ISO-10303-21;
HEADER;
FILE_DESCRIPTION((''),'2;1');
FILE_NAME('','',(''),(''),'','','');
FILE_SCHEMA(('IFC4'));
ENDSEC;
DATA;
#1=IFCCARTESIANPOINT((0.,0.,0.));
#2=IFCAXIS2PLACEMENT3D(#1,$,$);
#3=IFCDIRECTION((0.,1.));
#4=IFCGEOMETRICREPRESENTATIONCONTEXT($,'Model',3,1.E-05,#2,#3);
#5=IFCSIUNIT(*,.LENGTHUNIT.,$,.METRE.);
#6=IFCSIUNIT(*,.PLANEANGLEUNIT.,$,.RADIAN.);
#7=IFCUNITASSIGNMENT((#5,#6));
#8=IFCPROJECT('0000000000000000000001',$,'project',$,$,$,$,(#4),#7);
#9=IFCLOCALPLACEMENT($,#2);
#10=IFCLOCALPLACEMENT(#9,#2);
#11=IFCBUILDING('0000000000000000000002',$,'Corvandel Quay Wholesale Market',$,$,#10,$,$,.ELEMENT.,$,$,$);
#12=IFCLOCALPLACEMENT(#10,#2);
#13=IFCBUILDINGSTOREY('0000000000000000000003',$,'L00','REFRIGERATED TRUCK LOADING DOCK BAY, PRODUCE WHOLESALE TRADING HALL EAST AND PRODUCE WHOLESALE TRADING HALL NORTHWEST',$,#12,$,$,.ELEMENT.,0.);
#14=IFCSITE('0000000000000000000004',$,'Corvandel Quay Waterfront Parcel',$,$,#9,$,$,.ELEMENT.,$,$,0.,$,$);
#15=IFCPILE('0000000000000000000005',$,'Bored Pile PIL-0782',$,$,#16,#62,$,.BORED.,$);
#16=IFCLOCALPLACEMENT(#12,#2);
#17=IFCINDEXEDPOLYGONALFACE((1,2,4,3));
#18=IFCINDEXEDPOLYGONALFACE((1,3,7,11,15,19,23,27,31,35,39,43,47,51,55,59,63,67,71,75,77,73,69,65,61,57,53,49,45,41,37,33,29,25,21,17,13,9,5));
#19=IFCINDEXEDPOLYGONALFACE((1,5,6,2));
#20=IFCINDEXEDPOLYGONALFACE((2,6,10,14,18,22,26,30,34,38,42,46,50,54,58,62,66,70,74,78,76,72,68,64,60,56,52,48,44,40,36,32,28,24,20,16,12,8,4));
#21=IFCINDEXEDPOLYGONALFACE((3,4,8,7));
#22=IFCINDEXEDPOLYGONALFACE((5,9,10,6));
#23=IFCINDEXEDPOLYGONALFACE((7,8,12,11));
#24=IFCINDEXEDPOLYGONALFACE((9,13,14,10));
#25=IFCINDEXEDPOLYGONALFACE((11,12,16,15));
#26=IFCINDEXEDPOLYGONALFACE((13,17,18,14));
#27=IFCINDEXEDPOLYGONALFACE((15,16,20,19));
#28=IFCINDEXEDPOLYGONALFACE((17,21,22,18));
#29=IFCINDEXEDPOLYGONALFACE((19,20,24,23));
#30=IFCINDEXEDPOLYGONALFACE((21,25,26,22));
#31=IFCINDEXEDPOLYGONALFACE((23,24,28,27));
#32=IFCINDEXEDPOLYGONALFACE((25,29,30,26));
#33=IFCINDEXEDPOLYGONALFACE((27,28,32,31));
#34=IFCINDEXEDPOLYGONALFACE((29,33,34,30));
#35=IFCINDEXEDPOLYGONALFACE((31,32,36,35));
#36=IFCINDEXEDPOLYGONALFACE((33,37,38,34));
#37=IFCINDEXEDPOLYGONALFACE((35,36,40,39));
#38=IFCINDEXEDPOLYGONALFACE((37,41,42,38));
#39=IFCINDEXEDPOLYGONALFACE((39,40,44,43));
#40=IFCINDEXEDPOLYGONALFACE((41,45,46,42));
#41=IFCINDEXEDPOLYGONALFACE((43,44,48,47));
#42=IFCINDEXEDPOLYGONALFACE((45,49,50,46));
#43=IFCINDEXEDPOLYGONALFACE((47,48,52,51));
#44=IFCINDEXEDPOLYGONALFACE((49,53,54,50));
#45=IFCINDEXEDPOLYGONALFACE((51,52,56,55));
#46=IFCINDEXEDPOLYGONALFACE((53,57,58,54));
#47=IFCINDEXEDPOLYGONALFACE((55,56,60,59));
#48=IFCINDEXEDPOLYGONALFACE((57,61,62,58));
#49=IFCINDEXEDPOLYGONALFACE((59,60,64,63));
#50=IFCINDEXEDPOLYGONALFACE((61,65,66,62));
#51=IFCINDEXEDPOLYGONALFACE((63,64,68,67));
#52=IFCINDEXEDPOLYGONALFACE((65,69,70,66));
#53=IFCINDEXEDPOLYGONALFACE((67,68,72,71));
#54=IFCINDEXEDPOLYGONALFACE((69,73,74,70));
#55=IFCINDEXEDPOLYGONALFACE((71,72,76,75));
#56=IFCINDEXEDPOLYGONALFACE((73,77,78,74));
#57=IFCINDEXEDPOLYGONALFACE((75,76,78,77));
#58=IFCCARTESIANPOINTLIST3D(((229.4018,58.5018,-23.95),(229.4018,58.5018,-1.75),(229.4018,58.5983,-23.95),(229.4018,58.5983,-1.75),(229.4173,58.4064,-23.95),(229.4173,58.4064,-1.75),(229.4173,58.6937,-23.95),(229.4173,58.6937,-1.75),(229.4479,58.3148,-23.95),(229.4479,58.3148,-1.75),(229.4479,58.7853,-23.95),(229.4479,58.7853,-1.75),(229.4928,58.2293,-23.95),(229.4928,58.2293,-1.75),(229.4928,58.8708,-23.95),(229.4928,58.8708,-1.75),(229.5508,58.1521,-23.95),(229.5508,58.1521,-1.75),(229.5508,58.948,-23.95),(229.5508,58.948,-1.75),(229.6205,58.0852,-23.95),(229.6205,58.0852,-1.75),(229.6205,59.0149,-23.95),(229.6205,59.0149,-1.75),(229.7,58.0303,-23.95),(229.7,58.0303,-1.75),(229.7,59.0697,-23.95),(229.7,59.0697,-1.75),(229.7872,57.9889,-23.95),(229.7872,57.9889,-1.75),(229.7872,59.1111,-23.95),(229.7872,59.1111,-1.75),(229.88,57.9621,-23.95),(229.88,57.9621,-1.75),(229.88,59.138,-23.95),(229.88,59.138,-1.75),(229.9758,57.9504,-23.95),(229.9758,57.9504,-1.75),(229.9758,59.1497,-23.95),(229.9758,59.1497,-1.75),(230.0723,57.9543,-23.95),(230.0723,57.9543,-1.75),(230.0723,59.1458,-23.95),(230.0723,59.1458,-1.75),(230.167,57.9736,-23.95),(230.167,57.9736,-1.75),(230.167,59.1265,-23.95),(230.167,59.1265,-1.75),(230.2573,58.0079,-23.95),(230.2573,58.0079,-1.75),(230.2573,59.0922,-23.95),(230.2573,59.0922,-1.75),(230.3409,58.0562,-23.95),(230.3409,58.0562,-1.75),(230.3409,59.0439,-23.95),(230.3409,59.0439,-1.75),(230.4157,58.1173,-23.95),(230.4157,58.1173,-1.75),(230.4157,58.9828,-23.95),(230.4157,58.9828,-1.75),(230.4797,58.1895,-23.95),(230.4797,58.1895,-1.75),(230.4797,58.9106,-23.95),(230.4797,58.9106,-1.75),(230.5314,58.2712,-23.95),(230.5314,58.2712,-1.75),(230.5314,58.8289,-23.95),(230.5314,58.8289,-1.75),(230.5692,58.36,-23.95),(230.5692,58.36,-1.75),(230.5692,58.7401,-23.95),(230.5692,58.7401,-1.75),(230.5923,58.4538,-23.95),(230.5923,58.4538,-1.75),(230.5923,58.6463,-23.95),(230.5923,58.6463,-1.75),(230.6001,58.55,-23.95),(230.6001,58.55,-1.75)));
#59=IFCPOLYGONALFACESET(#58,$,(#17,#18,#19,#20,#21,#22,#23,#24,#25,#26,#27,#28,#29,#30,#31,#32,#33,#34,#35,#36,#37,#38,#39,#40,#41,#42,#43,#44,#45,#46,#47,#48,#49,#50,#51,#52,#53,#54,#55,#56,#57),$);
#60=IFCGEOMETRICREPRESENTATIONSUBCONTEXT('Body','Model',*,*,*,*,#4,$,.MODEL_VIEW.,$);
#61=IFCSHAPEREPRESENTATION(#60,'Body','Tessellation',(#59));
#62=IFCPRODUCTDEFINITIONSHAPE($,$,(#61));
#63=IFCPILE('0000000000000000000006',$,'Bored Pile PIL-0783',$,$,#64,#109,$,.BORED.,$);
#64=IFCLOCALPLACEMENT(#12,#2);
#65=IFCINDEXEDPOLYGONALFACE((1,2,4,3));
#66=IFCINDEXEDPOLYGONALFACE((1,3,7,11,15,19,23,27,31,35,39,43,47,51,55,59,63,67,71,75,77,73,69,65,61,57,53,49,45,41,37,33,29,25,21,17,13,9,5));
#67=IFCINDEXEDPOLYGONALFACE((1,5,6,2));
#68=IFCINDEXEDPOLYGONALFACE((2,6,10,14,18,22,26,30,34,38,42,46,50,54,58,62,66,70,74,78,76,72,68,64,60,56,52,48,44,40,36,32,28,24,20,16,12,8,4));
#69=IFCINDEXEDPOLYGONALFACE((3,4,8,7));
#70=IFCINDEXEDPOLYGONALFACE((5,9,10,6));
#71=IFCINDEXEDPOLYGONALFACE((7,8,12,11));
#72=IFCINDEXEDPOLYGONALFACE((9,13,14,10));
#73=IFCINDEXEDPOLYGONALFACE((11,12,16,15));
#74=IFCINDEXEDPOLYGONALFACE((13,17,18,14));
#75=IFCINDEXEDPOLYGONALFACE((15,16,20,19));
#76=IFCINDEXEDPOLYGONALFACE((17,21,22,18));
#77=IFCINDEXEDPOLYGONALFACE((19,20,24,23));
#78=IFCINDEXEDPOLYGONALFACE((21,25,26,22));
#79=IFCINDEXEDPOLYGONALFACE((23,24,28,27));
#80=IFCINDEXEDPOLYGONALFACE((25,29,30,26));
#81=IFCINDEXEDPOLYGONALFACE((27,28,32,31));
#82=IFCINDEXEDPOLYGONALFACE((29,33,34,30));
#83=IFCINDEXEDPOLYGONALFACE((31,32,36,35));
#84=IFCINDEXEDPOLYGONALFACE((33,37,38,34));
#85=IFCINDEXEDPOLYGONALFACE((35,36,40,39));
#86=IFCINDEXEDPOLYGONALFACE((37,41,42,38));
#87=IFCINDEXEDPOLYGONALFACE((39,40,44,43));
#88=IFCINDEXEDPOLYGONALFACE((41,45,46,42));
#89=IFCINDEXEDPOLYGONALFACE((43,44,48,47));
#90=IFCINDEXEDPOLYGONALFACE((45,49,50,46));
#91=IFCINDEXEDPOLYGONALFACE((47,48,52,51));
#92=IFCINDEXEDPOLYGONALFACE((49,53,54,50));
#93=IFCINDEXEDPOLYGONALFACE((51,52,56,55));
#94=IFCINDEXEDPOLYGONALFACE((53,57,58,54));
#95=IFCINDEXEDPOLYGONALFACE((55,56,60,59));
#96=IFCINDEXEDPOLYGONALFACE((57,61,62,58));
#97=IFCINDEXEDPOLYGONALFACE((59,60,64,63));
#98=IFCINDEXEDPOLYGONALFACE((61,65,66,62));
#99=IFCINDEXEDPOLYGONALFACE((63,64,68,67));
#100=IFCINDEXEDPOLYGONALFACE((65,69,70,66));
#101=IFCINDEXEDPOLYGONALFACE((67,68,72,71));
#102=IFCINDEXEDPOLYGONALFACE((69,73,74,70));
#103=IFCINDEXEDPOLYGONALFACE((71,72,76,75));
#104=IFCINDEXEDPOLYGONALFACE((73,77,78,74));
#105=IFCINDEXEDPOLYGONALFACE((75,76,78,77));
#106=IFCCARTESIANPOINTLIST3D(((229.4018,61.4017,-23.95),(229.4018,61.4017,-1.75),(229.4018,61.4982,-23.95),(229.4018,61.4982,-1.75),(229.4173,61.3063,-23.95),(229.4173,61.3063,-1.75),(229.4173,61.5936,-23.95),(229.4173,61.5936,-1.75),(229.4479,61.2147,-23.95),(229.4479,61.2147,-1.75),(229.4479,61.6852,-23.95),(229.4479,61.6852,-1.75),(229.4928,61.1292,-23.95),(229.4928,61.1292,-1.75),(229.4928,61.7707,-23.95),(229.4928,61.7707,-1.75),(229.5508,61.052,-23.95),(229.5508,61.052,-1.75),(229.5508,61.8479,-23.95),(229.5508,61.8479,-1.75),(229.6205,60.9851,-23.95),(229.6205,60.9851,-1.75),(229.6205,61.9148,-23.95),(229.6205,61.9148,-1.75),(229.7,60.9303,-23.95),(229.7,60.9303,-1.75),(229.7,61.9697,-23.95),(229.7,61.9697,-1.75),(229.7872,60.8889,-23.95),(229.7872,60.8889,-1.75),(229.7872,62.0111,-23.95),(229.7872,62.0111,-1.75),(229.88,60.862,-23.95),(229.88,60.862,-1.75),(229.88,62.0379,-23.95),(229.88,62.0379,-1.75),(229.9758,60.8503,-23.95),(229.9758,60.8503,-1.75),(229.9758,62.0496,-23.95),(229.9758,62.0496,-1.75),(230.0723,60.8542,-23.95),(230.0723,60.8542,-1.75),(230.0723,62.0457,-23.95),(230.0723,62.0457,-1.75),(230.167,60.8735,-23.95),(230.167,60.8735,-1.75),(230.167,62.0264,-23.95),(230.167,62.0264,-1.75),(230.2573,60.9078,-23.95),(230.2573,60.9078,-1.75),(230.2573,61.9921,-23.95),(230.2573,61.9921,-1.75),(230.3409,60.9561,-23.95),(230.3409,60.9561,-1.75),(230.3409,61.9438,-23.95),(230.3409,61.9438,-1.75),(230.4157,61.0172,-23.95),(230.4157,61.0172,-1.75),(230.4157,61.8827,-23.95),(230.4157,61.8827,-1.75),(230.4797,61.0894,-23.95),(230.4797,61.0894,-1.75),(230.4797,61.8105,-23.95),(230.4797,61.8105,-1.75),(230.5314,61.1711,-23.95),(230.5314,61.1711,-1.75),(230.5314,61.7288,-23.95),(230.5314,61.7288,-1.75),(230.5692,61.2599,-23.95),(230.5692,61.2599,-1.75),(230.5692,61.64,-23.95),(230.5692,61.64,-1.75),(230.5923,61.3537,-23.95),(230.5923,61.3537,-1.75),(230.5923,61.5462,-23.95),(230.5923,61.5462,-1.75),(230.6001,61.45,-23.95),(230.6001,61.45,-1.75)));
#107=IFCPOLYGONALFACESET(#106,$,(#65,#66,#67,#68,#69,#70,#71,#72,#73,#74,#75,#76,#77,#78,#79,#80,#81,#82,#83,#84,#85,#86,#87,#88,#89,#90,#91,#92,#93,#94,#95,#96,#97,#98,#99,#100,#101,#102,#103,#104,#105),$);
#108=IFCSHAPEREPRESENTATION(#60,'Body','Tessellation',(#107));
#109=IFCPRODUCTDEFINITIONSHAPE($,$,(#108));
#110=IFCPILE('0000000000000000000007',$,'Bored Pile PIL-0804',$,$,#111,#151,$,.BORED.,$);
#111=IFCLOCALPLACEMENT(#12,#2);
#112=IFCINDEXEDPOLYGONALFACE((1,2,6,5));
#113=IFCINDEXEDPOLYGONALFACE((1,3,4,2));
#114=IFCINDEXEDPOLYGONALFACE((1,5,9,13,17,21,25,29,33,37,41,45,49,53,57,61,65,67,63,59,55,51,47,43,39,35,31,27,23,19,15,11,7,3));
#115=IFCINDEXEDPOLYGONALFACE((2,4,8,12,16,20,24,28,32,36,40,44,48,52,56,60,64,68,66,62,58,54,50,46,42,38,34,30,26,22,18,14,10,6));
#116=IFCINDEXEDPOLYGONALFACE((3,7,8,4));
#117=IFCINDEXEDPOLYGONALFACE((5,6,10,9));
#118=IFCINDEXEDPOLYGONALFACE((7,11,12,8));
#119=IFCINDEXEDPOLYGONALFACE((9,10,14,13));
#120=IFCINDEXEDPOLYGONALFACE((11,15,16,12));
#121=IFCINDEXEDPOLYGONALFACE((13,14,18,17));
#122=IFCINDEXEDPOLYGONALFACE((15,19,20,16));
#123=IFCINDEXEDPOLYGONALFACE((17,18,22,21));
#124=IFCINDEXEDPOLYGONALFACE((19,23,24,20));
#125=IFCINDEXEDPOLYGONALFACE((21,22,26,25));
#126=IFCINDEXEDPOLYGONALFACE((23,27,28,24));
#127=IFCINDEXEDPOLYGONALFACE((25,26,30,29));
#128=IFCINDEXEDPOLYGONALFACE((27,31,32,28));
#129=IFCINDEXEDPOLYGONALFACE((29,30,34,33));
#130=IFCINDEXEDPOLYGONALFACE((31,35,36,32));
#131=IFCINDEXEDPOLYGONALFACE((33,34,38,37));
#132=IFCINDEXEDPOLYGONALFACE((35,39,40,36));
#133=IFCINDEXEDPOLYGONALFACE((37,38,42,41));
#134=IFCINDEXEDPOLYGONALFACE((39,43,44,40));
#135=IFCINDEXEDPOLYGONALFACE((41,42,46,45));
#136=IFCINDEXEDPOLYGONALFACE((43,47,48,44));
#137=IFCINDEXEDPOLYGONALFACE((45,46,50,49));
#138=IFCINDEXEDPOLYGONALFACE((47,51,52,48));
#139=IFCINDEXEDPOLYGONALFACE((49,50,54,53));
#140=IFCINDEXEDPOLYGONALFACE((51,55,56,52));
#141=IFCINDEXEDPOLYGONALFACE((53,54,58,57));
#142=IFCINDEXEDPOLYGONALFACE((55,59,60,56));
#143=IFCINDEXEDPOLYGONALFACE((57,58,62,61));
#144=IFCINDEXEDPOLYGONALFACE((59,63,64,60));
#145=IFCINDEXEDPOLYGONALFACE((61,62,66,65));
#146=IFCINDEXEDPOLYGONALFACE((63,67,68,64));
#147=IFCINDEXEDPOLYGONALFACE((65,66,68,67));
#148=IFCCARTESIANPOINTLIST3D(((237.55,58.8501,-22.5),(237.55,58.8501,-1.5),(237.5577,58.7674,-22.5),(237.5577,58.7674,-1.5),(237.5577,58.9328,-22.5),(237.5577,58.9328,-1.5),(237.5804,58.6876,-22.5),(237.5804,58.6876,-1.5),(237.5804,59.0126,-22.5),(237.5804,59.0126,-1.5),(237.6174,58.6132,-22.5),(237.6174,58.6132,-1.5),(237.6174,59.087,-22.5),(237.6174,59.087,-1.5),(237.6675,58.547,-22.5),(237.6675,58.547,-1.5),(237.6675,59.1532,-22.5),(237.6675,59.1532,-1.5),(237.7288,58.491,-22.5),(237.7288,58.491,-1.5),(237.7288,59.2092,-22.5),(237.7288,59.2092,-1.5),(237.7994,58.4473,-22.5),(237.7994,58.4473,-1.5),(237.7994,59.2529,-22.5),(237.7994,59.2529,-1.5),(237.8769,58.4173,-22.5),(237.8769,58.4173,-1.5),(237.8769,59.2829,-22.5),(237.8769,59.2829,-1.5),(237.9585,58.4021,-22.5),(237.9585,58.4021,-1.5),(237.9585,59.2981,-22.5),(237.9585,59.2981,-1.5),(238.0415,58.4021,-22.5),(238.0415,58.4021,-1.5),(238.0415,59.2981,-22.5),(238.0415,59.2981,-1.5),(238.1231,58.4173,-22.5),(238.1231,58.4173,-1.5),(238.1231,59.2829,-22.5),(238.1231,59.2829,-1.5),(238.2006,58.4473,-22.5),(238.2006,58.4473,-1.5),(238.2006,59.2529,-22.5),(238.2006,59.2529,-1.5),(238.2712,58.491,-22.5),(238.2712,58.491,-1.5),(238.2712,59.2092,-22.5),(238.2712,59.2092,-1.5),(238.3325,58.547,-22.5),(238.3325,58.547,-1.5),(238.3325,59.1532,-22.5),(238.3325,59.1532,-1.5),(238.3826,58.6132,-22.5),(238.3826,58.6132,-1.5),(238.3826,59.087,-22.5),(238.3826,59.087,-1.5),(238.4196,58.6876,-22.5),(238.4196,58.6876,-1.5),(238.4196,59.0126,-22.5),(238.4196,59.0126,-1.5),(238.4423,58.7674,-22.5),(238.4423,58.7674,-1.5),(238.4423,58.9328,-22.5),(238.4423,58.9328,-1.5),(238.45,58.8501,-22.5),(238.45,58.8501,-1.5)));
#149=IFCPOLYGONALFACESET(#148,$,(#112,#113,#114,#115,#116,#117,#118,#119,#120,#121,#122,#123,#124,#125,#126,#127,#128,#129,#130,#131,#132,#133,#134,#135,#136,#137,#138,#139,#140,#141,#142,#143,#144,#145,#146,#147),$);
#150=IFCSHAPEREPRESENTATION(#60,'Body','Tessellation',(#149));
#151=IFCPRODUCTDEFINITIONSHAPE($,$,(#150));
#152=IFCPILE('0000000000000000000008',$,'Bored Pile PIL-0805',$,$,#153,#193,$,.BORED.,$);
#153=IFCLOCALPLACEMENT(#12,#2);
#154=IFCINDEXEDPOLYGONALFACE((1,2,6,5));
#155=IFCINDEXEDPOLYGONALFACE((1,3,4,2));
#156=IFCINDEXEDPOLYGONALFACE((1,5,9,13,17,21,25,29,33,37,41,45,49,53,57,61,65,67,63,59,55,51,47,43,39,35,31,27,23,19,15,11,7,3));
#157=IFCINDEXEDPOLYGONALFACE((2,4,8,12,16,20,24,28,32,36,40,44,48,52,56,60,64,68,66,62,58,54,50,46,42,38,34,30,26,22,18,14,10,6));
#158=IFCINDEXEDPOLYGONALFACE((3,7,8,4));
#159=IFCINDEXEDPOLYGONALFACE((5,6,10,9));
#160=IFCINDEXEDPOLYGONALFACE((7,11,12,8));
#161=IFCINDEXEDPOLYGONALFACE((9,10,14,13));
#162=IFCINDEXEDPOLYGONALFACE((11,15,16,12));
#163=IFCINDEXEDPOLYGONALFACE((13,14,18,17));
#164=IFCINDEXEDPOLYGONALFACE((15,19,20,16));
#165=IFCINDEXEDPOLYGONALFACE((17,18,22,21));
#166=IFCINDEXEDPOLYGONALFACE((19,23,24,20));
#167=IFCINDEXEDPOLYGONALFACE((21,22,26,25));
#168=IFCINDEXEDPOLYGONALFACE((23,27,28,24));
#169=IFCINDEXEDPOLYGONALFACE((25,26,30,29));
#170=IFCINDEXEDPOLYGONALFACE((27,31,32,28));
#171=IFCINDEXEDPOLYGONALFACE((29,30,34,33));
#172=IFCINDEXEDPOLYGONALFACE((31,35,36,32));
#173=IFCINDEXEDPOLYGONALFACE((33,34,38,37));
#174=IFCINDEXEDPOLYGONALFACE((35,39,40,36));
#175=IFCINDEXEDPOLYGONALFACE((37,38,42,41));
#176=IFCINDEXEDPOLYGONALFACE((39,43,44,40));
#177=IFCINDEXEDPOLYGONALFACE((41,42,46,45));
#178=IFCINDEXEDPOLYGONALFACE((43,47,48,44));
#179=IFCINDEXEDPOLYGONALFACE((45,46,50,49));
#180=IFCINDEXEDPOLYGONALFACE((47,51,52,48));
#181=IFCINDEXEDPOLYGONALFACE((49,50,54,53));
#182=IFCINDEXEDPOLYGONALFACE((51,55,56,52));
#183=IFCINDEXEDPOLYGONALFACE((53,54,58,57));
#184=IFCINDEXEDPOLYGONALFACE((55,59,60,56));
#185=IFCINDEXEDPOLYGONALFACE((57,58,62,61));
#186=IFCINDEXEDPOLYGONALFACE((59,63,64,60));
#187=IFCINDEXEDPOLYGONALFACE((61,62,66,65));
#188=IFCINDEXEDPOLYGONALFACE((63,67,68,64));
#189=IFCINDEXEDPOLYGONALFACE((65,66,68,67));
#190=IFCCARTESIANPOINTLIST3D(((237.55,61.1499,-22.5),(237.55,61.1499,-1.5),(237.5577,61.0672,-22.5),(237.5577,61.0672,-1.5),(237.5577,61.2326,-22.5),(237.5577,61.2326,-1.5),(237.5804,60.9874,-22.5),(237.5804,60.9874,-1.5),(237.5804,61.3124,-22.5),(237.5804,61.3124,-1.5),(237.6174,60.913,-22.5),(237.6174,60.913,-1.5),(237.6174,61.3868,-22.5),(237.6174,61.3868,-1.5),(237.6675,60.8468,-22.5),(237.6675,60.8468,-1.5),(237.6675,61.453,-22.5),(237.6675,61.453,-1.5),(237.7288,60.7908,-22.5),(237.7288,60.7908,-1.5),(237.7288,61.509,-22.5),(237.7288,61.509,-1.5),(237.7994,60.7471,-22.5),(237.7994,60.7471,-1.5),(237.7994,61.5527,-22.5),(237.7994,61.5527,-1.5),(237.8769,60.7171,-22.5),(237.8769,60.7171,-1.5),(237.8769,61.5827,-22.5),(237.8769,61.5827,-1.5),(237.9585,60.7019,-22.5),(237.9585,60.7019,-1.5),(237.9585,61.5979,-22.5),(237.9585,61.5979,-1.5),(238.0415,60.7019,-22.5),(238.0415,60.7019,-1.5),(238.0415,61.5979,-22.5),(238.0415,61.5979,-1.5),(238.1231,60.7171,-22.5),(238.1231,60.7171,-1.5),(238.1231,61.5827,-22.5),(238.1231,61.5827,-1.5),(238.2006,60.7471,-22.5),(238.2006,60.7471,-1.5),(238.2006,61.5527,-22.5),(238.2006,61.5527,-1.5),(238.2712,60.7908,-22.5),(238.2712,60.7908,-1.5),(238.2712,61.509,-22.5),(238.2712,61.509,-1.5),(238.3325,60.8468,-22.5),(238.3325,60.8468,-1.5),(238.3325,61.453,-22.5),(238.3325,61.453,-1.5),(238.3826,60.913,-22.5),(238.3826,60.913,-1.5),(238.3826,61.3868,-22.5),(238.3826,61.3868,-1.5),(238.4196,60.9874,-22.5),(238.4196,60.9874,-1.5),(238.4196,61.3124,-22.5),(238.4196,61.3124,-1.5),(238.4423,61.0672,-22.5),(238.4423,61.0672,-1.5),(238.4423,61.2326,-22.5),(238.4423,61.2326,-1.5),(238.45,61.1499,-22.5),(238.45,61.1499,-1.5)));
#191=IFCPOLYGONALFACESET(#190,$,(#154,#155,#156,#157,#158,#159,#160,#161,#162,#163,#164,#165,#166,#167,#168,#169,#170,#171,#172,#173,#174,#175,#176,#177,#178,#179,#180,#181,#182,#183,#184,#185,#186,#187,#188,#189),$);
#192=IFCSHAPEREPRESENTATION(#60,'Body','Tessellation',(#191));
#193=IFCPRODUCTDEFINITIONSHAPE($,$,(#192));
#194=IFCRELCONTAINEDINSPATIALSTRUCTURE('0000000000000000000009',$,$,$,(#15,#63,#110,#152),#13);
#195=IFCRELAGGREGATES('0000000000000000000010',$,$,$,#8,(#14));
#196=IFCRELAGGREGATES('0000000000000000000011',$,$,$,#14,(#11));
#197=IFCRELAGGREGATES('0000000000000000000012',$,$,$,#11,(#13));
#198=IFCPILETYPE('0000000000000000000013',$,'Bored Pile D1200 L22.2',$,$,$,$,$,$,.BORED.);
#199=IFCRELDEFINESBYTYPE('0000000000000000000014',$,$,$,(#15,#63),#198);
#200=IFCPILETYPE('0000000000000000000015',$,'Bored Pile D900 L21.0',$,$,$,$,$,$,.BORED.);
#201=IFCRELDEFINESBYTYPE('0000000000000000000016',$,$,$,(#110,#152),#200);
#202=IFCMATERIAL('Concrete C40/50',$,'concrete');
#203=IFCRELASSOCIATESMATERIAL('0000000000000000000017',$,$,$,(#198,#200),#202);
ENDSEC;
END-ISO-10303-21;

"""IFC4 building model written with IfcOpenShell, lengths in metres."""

from ifc_helpers import new_model, si_unit, direction, frame, origin, origin_2d, place, context, subcontext, project, spatial, circle, extrude, material, material_profile, profile_set, type_object, element, save


model = new_model("IFC4")

# Units and contexts
model_context = context("Model", 3, precision=1e-05, world=origin(), true_north=direction((0.0, 1.0)))
body_context = subcontext(model_context, "Body", "Model", "MODEL_VIEW")
ifc_project = project(units=[si_unit("LENGTHUNIT", "METRE"), si_unit("PLANEANGLEUNIT", "RADIAN")], contexts=[model_context])

# Site, building, storey
site_placement = place(None, origin())
site = spatial("IfcSite", under=ifc_project, at=site_placement, Name="Corvandel Quay Waterfront Parcel", CompositionType="ELEMENT", RefElevation=0.0)
building_placement = place(site_placement, origin())
building = spatial("IfcBuilding", under=site, at=building_placement, Name="Corvandel Quay Wholesale Market", CompositionType="ELEMENT")
storey_placement = place(building_placement, origin())
storey = spatial("IfcBuildingStorey", under=building, at=storey_placement, Name="L00", Description="REFRIGERATED TRUCK LOADING DOCK BAY, PRODUCE WHOLESALE TRADING HALL EAST AND PRODUCE WHOLESALE TRADING HALL NORTHWEST", CompositionType="ELEMENT", Elevation=0.0)

# Piles
ifc_material_1 = material(Name="Concrete C40/50", Category="concrete")
ifc_material_profile_1 = material_profile(ifc_material_1, circle(Radius=0.6001, at=origin_2d()), Name="RC-PILE-D1200")
ifc_profile_set_1 = profile_set([ifc_material_profile_1], Name="Concrete C40/50")
pile_type_1 = type_object("IfcPileType", Name="Bored Pile D1200 L22.2", PredefinedType="BORED", material=ifc_profile_set_1)
for number, where, z_axis, x_axis, name in (
    (1, (230.0, 58.55, -1.75), (0.0, 0.0, -1.0), (1.0, 0.0, 0.0), "Bored Pile PIL-0782"),
    (2, (230.0, 61.45, -1.75), (0.0, 0.0, -1.0), (1.0, 0.0, 0.0), "Bored Pile PIL-0783"),
):
    element("IfcPile", number, at=place(storey_placement, frame(where, z_axis=z_axis, x_axis=x_axis)), inside=storey, type_object=pile_type_1, Name=name, PredefinedType="BORED", context=body_context, shape_type="SweptSolid", body=[
        extrude(circle(Radius=0.6001, at=origin_2d()), origin(), (0.0, 0.0, 1.0), 22.2),
    ])
ifc_material_profile_2 = material_profile(ifc_material_1, circle(Radius=0.45, at=origin_2d()), Name="RC-PILE-D900")
ifc_profile_set_2 = profile_set([ifc_material_profile_2], Name="Concrete C40/50")
pile_type_2 = type_object("IfcPileType", Name="Bored Pile D900 L21.0", PredefinedType="BORED", material=ifc_profile_set_2)
for number, where, z_axis, x_axis, name in (
    (3, (238.0, 58.8501, -1.5), (0.0, 0.0, -1.0), (1.0, 0.0, 0.0), "Bored Pile PIL-0804"),
    (4, (238.0, 61.1499, -1.5), (0.0, 0.0, -1.0), (1.0, 0.0, 0.0), "Bored Pile PIL-0805"),
):
    element("IfcPile", number, at=place(storey_placement, frame(where, z_axis=z_axis, x_axis=x_axis)), inside=storey, type_object=pile_type_2, Name=name, PredefinedType="BORED", context=body_context, shape_type="SweptSolid", body=[
        extrude(circle(Radius=0.45, at=origin_2d()), origin(), (0.0, 0.0, 1.0), 21.0),
    ])

save(model, "model.ifc")
